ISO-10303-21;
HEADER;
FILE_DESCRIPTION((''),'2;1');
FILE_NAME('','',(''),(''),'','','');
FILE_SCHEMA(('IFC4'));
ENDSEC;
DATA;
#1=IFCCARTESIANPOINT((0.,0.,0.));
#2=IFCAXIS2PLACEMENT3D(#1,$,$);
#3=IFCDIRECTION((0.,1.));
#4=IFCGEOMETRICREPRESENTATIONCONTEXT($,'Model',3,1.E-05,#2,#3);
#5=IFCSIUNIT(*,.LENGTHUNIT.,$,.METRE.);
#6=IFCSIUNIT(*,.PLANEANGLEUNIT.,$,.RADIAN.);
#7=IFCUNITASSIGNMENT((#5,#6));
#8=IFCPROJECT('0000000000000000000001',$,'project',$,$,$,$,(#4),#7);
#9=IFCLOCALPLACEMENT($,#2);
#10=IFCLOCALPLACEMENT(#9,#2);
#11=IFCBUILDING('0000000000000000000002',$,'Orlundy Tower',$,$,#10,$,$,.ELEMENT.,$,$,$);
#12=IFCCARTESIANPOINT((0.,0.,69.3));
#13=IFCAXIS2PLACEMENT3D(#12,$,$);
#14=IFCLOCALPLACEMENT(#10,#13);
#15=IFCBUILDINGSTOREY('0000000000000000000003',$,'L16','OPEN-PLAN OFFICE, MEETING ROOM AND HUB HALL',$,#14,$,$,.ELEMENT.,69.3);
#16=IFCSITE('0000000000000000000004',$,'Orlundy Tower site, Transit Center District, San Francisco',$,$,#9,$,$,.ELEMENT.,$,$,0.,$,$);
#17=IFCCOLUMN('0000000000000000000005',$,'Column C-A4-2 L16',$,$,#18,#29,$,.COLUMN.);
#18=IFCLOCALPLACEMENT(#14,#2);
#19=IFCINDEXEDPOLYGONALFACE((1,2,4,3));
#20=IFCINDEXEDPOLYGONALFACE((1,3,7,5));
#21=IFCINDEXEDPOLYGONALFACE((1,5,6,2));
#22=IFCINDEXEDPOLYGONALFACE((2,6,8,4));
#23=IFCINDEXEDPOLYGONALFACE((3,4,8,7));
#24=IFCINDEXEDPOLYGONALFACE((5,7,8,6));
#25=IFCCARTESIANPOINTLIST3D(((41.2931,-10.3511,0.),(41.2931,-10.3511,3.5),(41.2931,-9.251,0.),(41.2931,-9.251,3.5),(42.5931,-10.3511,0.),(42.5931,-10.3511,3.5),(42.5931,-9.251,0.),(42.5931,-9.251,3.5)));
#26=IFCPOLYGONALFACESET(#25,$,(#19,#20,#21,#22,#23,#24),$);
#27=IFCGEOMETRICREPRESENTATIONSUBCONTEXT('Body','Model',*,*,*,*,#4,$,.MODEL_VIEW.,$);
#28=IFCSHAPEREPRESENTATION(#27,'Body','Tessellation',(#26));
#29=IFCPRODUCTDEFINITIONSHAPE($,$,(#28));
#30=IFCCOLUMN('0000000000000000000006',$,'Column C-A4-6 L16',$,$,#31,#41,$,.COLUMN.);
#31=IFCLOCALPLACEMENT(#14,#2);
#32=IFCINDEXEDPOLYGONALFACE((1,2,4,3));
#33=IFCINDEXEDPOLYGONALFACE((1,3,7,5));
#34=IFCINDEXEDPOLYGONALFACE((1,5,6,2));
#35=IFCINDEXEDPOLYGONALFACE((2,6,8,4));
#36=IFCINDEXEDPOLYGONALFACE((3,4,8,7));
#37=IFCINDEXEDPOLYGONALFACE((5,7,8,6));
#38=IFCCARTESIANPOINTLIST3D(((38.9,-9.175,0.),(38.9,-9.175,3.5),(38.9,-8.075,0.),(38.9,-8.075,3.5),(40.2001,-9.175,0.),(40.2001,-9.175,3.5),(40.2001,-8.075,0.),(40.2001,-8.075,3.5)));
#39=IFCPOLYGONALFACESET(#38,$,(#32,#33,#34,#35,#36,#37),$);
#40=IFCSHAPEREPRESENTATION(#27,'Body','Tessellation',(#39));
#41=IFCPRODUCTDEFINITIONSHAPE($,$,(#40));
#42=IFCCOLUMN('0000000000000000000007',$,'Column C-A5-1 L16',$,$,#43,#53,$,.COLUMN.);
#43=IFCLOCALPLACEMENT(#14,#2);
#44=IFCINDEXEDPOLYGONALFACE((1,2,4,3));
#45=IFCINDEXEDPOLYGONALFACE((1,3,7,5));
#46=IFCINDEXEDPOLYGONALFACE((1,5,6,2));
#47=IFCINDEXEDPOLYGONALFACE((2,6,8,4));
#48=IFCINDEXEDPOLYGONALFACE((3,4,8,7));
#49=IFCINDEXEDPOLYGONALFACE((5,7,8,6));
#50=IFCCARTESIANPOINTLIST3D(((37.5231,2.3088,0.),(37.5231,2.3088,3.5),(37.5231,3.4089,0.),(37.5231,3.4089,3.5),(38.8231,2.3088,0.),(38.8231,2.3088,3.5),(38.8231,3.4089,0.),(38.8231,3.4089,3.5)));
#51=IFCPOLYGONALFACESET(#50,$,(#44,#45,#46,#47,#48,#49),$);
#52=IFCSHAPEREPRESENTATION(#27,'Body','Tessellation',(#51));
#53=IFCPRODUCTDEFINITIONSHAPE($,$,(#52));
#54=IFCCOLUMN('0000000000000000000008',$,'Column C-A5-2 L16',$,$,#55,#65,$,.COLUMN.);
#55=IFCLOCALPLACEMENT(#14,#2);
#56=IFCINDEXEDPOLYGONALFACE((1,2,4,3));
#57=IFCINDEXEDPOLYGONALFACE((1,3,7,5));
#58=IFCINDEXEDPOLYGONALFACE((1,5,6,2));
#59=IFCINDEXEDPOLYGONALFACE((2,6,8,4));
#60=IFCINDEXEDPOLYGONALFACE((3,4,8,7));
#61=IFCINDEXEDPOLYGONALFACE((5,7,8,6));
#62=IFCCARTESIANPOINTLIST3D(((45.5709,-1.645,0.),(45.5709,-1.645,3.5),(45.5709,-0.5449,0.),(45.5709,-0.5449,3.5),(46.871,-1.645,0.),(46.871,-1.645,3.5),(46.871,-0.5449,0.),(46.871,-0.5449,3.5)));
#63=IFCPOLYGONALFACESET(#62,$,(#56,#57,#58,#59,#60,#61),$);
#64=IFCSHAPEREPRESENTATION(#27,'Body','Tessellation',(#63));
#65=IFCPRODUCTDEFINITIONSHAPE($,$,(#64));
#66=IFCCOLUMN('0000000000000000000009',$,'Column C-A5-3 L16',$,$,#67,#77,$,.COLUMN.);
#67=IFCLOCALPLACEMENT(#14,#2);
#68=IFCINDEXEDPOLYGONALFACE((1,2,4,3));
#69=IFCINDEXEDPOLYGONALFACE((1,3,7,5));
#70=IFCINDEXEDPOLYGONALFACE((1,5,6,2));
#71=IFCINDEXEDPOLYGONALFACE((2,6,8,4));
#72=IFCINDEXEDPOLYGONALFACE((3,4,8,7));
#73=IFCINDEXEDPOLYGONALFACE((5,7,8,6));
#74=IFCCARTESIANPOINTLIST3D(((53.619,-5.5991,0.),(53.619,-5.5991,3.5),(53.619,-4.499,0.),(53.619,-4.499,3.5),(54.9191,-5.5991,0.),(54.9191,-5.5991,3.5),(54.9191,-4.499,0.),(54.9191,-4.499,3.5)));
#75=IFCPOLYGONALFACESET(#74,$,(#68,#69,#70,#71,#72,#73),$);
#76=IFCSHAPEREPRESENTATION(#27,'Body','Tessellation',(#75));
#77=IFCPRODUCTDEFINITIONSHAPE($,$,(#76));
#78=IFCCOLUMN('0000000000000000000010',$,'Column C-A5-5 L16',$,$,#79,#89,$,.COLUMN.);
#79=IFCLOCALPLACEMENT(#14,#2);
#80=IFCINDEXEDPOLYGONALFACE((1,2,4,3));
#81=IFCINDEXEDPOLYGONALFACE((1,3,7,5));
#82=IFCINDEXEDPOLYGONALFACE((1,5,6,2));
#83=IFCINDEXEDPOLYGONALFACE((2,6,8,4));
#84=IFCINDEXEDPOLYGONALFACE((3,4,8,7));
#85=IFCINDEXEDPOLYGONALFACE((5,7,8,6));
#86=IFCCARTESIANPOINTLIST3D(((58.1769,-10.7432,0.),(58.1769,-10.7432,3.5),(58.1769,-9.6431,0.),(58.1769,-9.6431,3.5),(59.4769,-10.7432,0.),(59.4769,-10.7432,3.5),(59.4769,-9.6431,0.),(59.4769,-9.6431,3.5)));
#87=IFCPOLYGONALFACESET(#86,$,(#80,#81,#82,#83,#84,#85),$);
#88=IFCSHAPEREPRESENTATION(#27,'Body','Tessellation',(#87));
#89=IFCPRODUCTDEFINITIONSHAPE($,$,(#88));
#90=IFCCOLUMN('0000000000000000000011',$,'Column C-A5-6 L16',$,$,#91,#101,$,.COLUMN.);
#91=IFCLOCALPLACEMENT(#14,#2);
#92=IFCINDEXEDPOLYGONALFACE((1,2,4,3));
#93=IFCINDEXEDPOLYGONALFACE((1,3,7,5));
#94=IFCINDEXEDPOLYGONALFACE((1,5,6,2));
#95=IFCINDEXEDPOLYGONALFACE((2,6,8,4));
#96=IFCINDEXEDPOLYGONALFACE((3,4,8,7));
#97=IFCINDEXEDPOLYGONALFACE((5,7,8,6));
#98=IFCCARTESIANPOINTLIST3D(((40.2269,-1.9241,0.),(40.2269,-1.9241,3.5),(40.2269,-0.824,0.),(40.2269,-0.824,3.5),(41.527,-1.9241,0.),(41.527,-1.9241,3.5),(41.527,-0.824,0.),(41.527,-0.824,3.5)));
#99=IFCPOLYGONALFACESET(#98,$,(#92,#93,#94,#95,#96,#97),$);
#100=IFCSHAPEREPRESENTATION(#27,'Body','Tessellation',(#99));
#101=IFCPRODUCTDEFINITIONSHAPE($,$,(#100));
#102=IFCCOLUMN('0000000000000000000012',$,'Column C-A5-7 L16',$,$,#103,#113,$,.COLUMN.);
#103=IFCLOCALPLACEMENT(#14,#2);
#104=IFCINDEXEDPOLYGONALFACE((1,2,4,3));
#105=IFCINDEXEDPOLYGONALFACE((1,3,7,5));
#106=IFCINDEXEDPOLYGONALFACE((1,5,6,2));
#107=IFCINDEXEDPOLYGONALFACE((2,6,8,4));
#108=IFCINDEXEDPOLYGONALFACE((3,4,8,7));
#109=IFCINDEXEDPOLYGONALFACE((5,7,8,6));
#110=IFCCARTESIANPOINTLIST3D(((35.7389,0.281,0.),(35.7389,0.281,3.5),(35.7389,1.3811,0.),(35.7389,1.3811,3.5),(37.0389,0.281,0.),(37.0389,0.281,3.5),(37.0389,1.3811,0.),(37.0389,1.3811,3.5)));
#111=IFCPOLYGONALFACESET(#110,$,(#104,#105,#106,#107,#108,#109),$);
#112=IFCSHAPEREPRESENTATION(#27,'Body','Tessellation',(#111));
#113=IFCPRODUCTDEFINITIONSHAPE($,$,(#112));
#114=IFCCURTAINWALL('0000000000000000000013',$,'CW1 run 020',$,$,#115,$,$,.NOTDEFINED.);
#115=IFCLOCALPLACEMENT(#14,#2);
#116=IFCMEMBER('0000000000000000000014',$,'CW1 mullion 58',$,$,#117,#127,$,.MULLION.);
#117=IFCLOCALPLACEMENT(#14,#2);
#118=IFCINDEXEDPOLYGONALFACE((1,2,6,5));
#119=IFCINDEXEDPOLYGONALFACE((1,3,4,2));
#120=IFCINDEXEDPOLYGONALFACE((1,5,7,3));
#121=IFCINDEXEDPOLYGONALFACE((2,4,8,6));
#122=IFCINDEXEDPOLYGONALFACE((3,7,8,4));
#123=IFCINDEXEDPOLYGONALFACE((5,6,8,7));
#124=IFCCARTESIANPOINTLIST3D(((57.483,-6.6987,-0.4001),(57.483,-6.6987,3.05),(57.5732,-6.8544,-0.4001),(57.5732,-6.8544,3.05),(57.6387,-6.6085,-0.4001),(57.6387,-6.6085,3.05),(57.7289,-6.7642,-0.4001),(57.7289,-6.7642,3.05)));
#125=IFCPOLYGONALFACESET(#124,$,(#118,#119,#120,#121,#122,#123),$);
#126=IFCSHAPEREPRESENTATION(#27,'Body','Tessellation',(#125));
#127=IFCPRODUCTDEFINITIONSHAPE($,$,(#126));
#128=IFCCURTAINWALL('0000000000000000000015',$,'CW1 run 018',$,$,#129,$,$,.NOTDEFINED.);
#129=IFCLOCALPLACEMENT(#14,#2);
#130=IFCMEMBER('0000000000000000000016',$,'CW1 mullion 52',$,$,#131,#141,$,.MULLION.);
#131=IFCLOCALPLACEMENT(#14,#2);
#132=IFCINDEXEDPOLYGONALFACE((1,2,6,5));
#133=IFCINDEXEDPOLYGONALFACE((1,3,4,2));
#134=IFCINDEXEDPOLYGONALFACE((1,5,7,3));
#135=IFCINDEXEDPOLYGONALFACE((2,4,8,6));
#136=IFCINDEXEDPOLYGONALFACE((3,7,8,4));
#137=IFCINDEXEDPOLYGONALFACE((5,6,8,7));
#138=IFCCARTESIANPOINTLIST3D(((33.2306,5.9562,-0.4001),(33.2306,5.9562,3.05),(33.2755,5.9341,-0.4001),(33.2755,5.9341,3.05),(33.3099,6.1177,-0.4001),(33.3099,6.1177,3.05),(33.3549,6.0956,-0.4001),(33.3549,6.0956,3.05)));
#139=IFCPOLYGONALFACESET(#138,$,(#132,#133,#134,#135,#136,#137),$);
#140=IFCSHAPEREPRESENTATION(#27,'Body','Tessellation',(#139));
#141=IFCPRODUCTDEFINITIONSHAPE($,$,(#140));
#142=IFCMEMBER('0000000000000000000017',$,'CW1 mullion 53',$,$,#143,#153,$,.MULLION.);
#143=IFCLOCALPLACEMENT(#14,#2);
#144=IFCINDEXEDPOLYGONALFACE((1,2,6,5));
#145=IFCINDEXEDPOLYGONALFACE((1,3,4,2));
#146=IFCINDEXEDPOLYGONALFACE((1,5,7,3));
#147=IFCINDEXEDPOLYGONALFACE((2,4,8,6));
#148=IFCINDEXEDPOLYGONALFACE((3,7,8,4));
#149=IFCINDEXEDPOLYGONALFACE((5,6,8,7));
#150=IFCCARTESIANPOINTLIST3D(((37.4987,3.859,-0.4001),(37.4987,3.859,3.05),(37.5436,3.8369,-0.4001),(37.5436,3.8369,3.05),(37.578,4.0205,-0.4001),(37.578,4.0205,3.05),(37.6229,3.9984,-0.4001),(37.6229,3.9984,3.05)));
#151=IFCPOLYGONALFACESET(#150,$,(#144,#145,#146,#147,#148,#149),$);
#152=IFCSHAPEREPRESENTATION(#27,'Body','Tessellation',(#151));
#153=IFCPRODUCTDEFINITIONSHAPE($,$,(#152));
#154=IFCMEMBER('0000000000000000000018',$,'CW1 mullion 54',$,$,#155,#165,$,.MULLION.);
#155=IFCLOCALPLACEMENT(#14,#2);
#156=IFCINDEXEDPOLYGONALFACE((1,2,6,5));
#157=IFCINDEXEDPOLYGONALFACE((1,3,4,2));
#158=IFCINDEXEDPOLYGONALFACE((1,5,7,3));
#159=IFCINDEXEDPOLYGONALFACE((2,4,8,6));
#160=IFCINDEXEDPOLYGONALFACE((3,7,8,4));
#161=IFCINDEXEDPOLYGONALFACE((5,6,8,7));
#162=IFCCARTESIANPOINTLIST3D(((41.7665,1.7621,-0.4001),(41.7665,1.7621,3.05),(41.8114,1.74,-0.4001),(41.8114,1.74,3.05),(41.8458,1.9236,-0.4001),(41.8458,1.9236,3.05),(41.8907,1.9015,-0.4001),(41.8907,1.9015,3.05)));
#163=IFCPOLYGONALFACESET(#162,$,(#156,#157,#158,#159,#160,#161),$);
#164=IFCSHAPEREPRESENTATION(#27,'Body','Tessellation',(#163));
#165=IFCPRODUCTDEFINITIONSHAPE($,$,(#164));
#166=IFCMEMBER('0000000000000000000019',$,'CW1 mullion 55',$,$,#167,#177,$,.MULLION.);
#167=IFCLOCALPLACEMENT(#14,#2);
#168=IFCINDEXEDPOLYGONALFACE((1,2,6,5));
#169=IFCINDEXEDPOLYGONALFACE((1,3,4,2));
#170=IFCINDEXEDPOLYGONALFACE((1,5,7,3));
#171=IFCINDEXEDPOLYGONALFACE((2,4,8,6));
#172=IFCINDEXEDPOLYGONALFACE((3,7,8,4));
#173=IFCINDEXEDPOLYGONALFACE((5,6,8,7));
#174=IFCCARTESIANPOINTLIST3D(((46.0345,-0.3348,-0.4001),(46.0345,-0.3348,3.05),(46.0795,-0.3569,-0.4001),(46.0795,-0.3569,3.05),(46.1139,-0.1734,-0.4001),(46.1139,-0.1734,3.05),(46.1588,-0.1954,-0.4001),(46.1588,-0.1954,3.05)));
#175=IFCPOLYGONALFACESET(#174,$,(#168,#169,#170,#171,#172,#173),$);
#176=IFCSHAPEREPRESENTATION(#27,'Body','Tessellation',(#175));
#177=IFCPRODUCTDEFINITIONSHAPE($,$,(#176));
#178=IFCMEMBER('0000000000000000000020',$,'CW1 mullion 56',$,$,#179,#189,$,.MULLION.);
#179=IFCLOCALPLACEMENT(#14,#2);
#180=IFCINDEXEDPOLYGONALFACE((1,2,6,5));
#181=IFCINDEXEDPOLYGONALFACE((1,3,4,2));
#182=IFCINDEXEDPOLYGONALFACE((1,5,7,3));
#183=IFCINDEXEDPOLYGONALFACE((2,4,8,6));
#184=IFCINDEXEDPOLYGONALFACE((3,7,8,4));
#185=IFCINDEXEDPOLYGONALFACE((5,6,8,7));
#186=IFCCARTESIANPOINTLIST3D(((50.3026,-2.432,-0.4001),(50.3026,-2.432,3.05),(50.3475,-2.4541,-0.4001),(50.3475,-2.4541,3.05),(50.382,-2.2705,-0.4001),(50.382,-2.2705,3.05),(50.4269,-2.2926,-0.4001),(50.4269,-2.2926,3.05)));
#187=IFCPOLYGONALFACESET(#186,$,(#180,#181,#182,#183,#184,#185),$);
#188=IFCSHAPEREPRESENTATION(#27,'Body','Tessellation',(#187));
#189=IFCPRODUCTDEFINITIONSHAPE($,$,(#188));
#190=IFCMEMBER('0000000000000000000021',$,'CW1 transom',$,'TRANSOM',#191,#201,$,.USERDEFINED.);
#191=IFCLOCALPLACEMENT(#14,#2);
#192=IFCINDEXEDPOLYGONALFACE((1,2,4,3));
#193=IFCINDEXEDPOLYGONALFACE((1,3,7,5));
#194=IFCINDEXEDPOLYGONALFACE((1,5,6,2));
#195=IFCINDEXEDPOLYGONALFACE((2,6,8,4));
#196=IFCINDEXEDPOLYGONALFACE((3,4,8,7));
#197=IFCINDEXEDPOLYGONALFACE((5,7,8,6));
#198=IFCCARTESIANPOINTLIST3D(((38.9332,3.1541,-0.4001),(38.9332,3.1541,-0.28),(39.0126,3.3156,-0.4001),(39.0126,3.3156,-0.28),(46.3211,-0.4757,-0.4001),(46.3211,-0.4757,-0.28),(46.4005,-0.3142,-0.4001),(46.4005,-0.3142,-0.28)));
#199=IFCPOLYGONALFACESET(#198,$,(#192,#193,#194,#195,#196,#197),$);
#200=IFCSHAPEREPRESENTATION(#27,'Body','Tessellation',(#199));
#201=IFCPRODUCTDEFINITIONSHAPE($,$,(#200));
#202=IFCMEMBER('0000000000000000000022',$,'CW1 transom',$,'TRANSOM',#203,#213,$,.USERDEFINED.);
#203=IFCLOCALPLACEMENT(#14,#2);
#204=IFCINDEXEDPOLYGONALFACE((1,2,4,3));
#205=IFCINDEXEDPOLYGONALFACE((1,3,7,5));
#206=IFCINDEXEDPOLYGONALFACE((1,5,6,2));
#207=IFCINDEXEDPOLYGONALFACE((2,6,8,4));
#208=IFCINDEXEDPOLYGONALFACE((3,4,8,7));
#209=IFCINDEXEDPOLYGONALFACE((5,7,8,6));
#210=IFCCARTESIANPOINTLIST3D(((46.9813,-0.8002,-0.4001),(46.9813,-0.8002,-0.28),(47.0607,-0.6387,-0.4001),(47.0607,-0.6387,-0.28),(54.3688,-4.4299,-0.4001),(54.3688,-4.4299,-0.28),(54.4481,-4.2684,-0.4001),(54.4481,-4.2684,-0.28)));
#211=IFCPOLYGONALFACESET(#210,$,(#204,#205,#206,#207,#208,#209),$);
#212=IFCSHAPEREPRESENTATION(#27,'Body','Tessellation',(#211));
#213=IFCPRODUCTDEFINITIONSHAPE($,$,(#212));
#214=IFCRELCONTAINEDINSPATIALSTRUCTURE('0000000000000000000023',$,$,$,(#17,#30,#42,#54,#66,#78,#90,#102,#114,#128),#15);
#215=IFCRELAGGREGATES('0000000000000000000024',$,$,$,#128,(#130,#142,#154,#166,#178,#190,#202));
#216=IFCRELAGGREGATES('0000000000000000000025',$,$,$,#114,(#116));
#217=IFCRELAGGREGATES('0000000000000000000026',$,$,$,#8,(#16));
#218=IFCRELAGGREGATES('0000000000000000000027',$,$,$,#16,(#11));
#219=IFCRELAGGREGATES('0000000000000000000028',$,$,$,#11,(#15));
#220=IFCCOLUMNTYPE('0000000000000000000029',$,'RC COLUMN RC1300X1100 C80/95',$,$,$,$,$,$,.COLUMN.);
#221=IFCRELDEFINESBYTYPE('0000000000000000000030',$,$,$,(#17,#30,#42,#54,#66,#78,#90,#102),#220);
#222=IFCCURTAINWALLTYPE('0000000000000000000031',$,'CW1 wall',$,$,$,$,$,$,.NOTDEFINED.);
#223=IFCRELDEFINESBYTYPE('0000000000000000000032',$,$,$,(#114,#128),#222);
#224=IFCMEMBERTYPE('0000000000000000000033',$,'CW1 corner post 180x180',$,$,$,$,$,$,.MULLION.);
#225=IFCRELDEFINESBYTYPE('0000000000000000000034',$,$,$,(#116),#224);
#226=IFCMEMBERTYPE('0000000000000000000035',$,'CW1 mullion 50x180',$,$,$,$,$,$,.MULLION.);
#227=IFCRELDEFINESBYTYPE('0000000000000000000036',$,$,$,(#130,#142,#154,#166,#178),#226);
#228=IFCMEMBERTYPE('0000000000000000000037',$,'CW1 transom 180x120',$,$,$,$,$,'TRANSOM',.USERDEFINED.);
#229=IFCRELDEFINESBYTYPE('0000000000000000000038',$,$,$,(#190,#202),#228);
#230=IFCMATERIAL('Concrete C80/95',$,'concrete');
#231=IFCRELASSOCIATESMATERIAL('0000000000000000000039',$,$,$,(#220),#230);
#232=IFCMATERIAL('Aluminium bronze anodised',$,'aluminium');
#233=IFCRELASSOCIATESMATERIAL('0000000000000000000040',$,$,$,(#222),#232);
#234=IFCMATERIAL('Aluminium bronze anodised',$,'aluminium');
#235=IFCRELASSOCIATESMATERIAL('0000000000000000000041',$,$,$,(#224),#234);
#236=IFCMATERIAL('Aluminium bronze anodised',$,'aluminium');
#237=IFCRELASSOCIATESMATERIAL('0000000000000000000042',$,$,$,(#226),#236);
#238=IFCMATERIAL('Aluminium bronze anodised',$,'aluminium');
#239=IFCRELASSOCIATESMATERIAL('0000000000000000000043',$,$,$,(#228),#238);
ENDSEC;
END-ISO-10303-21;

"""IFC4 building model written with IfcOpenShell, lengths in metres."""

from ifc_helpers import new_model, si_unit, direction, frame, origin, origin_2d, place, context, subcontext, project, spatial, rectangle, extrude, material, material_profile, profile_set, type_object, element, aggregate, save


model = new_model("IFC4")

# Units and contexts
model_context = context("Model", 3, precision=1e-05, world=origin(), true_north=direction((0.0, 1.0)))
body_context = subcontext(model_context, "Body", "Model", "MODEL_VIEW")
ifc_project = project(units=[si_unit("LENGTHUNIT", "METRE"), si_unit("PLANEANGLEUNIT", "RADIAN")], contexts=[model_context])

# Site, building, storey
site_placement = place(None, origin())
site = spatial("IfcSite", under=ifc_project, at=site_placement, Name="Orlundy Tower site, Transit Center District, San Francisco", CompositionType="ELEMENT", RefElevation=0.0)
building_placement = place(site_placement, origin())
building = spatial("IfcBuilding", under=site, at=building_placement, Name="Orlundy Tower", CompositionType="ELEMENT")
storey_placement = place(building_placement, frame((0.0, 0.0, 69.3)))
storey = spatial("IfcBuildingStorey", under=building, at=storey_placement, Name="L16", Description="OPEN-PLAN OFFICE, MEETING ROOM AND HUB HALL", CompositionType="ELEMENT", Elevation=69.3)

# Columns
ifc_material_1 = material(Name="Concrete C80/95", Category="concrete")
ifc_material_profile_1 = material_profile(ifc_material_1, rectangle(XDim=1.3, YDim=1.1001, at=origin_2d()), Name="RC1300X1100")
ifc_profile_set_1 = profile_set([ifc_material_profile_1], Name="Concrete C80/95")
column_type = type_object("IfcColumnType", Name="RC COLUMN RC1300X1100 C80/95", PredefinedType="COLUMN", material=ifc_profile_set_1)
for number, where, z_axis, x_axis, name in (
    (1, (41.9431, -9.801, 0.0), (0.0, 0.0, 1.0), (1.0, 0.0, 0.0), "Column C-A4-2 L16"),
    (2, (39.55, -8.625, 0.0), (0.0, 0.0, 1.0), (1.0, 0.0, 0.0), "Column C-A4-6 L16"),
    (3, (38.1731, 2.8589, 0.0), (0.0, 0.0, 1.0), (1.0, 0.0, 0.0), "Column C-A5-1 L16"),
    (4, (46.2209, -1.095, 0.0), (0.0, 0.0, 1.0), (1.0, 0.0, 0.0), "Column C-A5-2 L16"),
    (5, (54.269, -5.0491, 0.0), (0.0, 0.0, 1.0), (1.0, 0.0, 0.0), "Column C-A5-3 L16"),
    (6, (58.8269, -10.1931, 0.0), (0.0, 0.0, 1.0), (1.0, 0.0, 0.0), "Column C-A5-5 L16"),
    (7, (40.877, -1.374, 0.0), (0.0, 0.0, 1.0), (1.0, 0.0, 0.0), "Column C-A5-6 L16"),
    (8, (36.3889, 0.8311, 0.0), (0.0, 0.0, 1.0), (1.0, 0.0, 0.0), "Column C-A5-7 L16"),
):
    element("IfcColumn", number, at=place(storey_placement, frame(where, z_axis=z_axis, x_axis=x_axis)), inside=storey, type_object=column_type, Name=name, PredefinedType="COLUMN", context=body_context, shape_type="SweptSolid", body=[
        extrude(rectangle(XDim=1.3, YDim=1.1001, at=origin_2d()), origin(), (0.0, 0.0, 1.0), 3.5),
    ])

# Curtain wall, member
ifc_material_2 = material(Name="Aluminium bronze anodised", Category="aluminium")
curtain_wall_type = type_object("IfcCurtainWallType", Name="CW1 wall", PredefinedType="NOTDEFINED", material=ifc_material_2)
curtain_wall_1_placement = place(storey_placement, origin())
curtain_wall_1 = element("IfcCurtainWall", 9, at=curtain_wall_1_placement, inside=storey, type_object=curtain_wall_type, Name="CW1 run 020", PredefinedType="NOTDEFINED")
ifc_material_3 = material(Name="Aluminium bronze anodised", Category="aluminium")
ifc_material_profile_2 = material_profile(ifc_material_3, rectangle(XDim=0.1799, YDim=0.1799, at=origin_2d()), Name="CW1 corner post 180x180")
ifc_profile_set_2 = profile_set([ifc_material_profile_2], Name="Aluminium bronze anodised")
member_type_1 = type_object("IfcMemberType", Name="CW1 corner post 180x180", PredefinedType="MULLION", material=ifc_profile_set_2)
member_1_placement = place(storey_placement, frame((57.606, -6.7314, -0.4001), z_axis=(0.0, 0.0, 1.0), x_axis=(0.86534, 0.501185, 0.0)))
member_1 = element("IfcMember", 10, at=member_1_placement, type_object=member_type_1, Name="CW1 mullion 58", PredefinedType="MULLION", context=body_context, shape_type="SweptSolid", body=[
    extrude(rectangle(XDim=0.1799, YDim=0.1799, at=origin_2d()), origin(), (0.0, 0.0, 1.0), 3.4502),
])

# Curtain wall, members
curtain_wall_2_placement = place(storey_placement, origin())
curtain_wall_2 = element("IfcCurtainWall", 11, at=curtain_wall_2_placement, inside=storey, type_object=curtain_wall_type, Name="CW1 run 018", PredefinedType="NOTDEFINED")
ifc_material_4 = material(Name="Aluminium bronze anodised", Category="aluminium")
ifc_material_profile_3 = material_profile(ifc_material_4, rectangle(XDim=0.1799, YDim=0.05, at=origin_2d()), Name="CW1 mullion 50x180")
ifc_profile_set_3 = profile_set([ifc_material_profile_3], Name="Aluminium bronze anodised")
member_type_2 = type_object("IfcMemberType", Name="CW1 mullion 50x180", PredefinedType="MULLION", material=ifc_profile_set_3)
member_2_placement = place(storey_placement, frame((33.2927, 6.0259, -0.4001), z_axis=(0.0, 0.0, 1.0), x_axis=(0.440978, 0.897518, 0.0)))
member_2 = element("IfcMember", 12, at=member_2_placement, type_object=member_type_2, Name="CW1 mullion 52", PredefinedType="MULLION", context=body_context, shape_type="SweptSolid", body=[
    extrude(rectangle(XDim=0.1799, YDim=0.05, at=origin_2d()), origin(), (0.0, 0.0, 1.0), 3.4502),
])
member_3_placement = place(storey_placement, frame((37.5608, 3.9287, -0.4001), z_axis=(0.0, 0.0, 1.0), x_axis=(0.440978, 0.897518, 0.0)))
member_3 = element("IfcMember", 13, at=member_3_placement, type_object=member_type_2, Name="CW1 mullion 53", PredefinedType="MULLION", context=body_context, shape_type="SweptSolid", body=[
    extrude(rectangle(XDim=0.1799, YDim=0.05, at=origin_2d()), origin(), (0.0, 0.0, 1.0), 3.4502),
])
member_4_placement = place(storey_placement, frame((41.8286, 1.8318, -0.4001), z_axis=(0.0, 0.0, 1.0), x_axis=(0.440978, 0.897518, 0.0)))
member_4 = element("IfcMember", 14, at=member_4_placement, type_object=member_type_2, Name="CW1 mullion 54", PredefinedType="MULLION", context=body_context, shape_type="SweptSolid", body=[
    extrude(rectangle(XDim=0.1799, YDim=0.05, at=origin_2d()), origin(), (0.0, 0.0, 1.0), 3.4502),
])
member_5_placement = place(storey_placement, frame((46.0967, -0.2651, -0.4001), z_axis=(0.0, 0.0, 1.0), x_axis=(0.440978, 0.897518, 0.0)))
member_5 = element("IfcMember", 15, at=member_5_placement, type_object=member_type_2, Name="CW1 mullion 55", PredefinedType="MULLION", context=body_context, shape_type="SweptSolid", body=[
    extrude(rectangle(XDim=0.1799, YDim=0.05, at=origin_2d()), origin(), (0.0, 0.0, 1.0), 3.4502),
])
member_6_placement = place(storey_placement, frame((50.3647, -2.3623, -0.4001), z_axis=(0.0, 0.0, 1.0), x_axis=(0.440978, 0.897518, 0.0)))
member_6 = element("IfcMember", 16, at=member_6_placement, type_object=member_type_2, Name="CW1 mullion 56", PredefinedType="MULLION", context=body_context, shape_type="SweptSolid", body=[
    extrude(rectangle(XDim=0.1799, YDim=0.05, at=origin_2d()), origin(), (0.0, 0.0, 1.0), 3.4502),
])
ifc_material_5 = material(Name="Aluminium bronze anodised", Category="aluminium")
ifc_material_profile_4 = material_profile(ifc_material_5, rectangle(XDim=0.1799, YDim=0.1201, at=origin_2d()), Name="CW1 transom 180x120")
ifc_profile_set_4 = profile_set([ifc_material_profile_4], Name="Aluminium bronze anodised")
member_type_3 = type_object("IfcMemberType", Name="CW1 transom 180x120", ElementType="TRANSOM", PredefinedType="USERDEFINED", material=ifc_profile_set_4)
member_7_placement = place(storey_placement, frame((38.9729, 3.2349, -0.3401), z_axis=(0.89752, -0.440974, 0.0), x_axis=(0.440974, 0.89752, 0.0)))
member_7 = element("IfcMember", 17, at=member_7_placement, type_object=member_type_3, Name="CW1 transom", ObjectType="TRANSOM", PredefinedType="USERDEFINED", context=body_context, shape_type="SweptSolid", body=[
    extrude(rectangle(XDim=0.1799, YDim=0.1201, at=origin_2d()), origin(), (0.0, 0.0, 1.0), 8.2314),
])
member_8_placement = place(storey_placement, frame((47.021, -0.7195, -0.3401), z_axis=(0.89752, -0.440974, 0.0), x_axis=(0.440974, 0.89752, 0.0)))
member_8 = element("IfcMember", 18, at=member_8_placement, type_object=member_type_3, Name="CW1 transom", ObjectType="TRANSOM", PredefinedType="USERDEFINED", context=body_context, shape_type="SweptSolid", body=[
    extrude(rectangle(XDim=0.1799, YDim=0.1201, at=origin_2d()), origin(), (0.0, 0.0, 1.0), 8.231),
])

aggregate(curtain_wall_2, [member_2, member_3, member_4, member_5, member_6, member_7, member_8])
aggregate(curtain_wall_1, [member_1])

save(model, "model.ifc")
